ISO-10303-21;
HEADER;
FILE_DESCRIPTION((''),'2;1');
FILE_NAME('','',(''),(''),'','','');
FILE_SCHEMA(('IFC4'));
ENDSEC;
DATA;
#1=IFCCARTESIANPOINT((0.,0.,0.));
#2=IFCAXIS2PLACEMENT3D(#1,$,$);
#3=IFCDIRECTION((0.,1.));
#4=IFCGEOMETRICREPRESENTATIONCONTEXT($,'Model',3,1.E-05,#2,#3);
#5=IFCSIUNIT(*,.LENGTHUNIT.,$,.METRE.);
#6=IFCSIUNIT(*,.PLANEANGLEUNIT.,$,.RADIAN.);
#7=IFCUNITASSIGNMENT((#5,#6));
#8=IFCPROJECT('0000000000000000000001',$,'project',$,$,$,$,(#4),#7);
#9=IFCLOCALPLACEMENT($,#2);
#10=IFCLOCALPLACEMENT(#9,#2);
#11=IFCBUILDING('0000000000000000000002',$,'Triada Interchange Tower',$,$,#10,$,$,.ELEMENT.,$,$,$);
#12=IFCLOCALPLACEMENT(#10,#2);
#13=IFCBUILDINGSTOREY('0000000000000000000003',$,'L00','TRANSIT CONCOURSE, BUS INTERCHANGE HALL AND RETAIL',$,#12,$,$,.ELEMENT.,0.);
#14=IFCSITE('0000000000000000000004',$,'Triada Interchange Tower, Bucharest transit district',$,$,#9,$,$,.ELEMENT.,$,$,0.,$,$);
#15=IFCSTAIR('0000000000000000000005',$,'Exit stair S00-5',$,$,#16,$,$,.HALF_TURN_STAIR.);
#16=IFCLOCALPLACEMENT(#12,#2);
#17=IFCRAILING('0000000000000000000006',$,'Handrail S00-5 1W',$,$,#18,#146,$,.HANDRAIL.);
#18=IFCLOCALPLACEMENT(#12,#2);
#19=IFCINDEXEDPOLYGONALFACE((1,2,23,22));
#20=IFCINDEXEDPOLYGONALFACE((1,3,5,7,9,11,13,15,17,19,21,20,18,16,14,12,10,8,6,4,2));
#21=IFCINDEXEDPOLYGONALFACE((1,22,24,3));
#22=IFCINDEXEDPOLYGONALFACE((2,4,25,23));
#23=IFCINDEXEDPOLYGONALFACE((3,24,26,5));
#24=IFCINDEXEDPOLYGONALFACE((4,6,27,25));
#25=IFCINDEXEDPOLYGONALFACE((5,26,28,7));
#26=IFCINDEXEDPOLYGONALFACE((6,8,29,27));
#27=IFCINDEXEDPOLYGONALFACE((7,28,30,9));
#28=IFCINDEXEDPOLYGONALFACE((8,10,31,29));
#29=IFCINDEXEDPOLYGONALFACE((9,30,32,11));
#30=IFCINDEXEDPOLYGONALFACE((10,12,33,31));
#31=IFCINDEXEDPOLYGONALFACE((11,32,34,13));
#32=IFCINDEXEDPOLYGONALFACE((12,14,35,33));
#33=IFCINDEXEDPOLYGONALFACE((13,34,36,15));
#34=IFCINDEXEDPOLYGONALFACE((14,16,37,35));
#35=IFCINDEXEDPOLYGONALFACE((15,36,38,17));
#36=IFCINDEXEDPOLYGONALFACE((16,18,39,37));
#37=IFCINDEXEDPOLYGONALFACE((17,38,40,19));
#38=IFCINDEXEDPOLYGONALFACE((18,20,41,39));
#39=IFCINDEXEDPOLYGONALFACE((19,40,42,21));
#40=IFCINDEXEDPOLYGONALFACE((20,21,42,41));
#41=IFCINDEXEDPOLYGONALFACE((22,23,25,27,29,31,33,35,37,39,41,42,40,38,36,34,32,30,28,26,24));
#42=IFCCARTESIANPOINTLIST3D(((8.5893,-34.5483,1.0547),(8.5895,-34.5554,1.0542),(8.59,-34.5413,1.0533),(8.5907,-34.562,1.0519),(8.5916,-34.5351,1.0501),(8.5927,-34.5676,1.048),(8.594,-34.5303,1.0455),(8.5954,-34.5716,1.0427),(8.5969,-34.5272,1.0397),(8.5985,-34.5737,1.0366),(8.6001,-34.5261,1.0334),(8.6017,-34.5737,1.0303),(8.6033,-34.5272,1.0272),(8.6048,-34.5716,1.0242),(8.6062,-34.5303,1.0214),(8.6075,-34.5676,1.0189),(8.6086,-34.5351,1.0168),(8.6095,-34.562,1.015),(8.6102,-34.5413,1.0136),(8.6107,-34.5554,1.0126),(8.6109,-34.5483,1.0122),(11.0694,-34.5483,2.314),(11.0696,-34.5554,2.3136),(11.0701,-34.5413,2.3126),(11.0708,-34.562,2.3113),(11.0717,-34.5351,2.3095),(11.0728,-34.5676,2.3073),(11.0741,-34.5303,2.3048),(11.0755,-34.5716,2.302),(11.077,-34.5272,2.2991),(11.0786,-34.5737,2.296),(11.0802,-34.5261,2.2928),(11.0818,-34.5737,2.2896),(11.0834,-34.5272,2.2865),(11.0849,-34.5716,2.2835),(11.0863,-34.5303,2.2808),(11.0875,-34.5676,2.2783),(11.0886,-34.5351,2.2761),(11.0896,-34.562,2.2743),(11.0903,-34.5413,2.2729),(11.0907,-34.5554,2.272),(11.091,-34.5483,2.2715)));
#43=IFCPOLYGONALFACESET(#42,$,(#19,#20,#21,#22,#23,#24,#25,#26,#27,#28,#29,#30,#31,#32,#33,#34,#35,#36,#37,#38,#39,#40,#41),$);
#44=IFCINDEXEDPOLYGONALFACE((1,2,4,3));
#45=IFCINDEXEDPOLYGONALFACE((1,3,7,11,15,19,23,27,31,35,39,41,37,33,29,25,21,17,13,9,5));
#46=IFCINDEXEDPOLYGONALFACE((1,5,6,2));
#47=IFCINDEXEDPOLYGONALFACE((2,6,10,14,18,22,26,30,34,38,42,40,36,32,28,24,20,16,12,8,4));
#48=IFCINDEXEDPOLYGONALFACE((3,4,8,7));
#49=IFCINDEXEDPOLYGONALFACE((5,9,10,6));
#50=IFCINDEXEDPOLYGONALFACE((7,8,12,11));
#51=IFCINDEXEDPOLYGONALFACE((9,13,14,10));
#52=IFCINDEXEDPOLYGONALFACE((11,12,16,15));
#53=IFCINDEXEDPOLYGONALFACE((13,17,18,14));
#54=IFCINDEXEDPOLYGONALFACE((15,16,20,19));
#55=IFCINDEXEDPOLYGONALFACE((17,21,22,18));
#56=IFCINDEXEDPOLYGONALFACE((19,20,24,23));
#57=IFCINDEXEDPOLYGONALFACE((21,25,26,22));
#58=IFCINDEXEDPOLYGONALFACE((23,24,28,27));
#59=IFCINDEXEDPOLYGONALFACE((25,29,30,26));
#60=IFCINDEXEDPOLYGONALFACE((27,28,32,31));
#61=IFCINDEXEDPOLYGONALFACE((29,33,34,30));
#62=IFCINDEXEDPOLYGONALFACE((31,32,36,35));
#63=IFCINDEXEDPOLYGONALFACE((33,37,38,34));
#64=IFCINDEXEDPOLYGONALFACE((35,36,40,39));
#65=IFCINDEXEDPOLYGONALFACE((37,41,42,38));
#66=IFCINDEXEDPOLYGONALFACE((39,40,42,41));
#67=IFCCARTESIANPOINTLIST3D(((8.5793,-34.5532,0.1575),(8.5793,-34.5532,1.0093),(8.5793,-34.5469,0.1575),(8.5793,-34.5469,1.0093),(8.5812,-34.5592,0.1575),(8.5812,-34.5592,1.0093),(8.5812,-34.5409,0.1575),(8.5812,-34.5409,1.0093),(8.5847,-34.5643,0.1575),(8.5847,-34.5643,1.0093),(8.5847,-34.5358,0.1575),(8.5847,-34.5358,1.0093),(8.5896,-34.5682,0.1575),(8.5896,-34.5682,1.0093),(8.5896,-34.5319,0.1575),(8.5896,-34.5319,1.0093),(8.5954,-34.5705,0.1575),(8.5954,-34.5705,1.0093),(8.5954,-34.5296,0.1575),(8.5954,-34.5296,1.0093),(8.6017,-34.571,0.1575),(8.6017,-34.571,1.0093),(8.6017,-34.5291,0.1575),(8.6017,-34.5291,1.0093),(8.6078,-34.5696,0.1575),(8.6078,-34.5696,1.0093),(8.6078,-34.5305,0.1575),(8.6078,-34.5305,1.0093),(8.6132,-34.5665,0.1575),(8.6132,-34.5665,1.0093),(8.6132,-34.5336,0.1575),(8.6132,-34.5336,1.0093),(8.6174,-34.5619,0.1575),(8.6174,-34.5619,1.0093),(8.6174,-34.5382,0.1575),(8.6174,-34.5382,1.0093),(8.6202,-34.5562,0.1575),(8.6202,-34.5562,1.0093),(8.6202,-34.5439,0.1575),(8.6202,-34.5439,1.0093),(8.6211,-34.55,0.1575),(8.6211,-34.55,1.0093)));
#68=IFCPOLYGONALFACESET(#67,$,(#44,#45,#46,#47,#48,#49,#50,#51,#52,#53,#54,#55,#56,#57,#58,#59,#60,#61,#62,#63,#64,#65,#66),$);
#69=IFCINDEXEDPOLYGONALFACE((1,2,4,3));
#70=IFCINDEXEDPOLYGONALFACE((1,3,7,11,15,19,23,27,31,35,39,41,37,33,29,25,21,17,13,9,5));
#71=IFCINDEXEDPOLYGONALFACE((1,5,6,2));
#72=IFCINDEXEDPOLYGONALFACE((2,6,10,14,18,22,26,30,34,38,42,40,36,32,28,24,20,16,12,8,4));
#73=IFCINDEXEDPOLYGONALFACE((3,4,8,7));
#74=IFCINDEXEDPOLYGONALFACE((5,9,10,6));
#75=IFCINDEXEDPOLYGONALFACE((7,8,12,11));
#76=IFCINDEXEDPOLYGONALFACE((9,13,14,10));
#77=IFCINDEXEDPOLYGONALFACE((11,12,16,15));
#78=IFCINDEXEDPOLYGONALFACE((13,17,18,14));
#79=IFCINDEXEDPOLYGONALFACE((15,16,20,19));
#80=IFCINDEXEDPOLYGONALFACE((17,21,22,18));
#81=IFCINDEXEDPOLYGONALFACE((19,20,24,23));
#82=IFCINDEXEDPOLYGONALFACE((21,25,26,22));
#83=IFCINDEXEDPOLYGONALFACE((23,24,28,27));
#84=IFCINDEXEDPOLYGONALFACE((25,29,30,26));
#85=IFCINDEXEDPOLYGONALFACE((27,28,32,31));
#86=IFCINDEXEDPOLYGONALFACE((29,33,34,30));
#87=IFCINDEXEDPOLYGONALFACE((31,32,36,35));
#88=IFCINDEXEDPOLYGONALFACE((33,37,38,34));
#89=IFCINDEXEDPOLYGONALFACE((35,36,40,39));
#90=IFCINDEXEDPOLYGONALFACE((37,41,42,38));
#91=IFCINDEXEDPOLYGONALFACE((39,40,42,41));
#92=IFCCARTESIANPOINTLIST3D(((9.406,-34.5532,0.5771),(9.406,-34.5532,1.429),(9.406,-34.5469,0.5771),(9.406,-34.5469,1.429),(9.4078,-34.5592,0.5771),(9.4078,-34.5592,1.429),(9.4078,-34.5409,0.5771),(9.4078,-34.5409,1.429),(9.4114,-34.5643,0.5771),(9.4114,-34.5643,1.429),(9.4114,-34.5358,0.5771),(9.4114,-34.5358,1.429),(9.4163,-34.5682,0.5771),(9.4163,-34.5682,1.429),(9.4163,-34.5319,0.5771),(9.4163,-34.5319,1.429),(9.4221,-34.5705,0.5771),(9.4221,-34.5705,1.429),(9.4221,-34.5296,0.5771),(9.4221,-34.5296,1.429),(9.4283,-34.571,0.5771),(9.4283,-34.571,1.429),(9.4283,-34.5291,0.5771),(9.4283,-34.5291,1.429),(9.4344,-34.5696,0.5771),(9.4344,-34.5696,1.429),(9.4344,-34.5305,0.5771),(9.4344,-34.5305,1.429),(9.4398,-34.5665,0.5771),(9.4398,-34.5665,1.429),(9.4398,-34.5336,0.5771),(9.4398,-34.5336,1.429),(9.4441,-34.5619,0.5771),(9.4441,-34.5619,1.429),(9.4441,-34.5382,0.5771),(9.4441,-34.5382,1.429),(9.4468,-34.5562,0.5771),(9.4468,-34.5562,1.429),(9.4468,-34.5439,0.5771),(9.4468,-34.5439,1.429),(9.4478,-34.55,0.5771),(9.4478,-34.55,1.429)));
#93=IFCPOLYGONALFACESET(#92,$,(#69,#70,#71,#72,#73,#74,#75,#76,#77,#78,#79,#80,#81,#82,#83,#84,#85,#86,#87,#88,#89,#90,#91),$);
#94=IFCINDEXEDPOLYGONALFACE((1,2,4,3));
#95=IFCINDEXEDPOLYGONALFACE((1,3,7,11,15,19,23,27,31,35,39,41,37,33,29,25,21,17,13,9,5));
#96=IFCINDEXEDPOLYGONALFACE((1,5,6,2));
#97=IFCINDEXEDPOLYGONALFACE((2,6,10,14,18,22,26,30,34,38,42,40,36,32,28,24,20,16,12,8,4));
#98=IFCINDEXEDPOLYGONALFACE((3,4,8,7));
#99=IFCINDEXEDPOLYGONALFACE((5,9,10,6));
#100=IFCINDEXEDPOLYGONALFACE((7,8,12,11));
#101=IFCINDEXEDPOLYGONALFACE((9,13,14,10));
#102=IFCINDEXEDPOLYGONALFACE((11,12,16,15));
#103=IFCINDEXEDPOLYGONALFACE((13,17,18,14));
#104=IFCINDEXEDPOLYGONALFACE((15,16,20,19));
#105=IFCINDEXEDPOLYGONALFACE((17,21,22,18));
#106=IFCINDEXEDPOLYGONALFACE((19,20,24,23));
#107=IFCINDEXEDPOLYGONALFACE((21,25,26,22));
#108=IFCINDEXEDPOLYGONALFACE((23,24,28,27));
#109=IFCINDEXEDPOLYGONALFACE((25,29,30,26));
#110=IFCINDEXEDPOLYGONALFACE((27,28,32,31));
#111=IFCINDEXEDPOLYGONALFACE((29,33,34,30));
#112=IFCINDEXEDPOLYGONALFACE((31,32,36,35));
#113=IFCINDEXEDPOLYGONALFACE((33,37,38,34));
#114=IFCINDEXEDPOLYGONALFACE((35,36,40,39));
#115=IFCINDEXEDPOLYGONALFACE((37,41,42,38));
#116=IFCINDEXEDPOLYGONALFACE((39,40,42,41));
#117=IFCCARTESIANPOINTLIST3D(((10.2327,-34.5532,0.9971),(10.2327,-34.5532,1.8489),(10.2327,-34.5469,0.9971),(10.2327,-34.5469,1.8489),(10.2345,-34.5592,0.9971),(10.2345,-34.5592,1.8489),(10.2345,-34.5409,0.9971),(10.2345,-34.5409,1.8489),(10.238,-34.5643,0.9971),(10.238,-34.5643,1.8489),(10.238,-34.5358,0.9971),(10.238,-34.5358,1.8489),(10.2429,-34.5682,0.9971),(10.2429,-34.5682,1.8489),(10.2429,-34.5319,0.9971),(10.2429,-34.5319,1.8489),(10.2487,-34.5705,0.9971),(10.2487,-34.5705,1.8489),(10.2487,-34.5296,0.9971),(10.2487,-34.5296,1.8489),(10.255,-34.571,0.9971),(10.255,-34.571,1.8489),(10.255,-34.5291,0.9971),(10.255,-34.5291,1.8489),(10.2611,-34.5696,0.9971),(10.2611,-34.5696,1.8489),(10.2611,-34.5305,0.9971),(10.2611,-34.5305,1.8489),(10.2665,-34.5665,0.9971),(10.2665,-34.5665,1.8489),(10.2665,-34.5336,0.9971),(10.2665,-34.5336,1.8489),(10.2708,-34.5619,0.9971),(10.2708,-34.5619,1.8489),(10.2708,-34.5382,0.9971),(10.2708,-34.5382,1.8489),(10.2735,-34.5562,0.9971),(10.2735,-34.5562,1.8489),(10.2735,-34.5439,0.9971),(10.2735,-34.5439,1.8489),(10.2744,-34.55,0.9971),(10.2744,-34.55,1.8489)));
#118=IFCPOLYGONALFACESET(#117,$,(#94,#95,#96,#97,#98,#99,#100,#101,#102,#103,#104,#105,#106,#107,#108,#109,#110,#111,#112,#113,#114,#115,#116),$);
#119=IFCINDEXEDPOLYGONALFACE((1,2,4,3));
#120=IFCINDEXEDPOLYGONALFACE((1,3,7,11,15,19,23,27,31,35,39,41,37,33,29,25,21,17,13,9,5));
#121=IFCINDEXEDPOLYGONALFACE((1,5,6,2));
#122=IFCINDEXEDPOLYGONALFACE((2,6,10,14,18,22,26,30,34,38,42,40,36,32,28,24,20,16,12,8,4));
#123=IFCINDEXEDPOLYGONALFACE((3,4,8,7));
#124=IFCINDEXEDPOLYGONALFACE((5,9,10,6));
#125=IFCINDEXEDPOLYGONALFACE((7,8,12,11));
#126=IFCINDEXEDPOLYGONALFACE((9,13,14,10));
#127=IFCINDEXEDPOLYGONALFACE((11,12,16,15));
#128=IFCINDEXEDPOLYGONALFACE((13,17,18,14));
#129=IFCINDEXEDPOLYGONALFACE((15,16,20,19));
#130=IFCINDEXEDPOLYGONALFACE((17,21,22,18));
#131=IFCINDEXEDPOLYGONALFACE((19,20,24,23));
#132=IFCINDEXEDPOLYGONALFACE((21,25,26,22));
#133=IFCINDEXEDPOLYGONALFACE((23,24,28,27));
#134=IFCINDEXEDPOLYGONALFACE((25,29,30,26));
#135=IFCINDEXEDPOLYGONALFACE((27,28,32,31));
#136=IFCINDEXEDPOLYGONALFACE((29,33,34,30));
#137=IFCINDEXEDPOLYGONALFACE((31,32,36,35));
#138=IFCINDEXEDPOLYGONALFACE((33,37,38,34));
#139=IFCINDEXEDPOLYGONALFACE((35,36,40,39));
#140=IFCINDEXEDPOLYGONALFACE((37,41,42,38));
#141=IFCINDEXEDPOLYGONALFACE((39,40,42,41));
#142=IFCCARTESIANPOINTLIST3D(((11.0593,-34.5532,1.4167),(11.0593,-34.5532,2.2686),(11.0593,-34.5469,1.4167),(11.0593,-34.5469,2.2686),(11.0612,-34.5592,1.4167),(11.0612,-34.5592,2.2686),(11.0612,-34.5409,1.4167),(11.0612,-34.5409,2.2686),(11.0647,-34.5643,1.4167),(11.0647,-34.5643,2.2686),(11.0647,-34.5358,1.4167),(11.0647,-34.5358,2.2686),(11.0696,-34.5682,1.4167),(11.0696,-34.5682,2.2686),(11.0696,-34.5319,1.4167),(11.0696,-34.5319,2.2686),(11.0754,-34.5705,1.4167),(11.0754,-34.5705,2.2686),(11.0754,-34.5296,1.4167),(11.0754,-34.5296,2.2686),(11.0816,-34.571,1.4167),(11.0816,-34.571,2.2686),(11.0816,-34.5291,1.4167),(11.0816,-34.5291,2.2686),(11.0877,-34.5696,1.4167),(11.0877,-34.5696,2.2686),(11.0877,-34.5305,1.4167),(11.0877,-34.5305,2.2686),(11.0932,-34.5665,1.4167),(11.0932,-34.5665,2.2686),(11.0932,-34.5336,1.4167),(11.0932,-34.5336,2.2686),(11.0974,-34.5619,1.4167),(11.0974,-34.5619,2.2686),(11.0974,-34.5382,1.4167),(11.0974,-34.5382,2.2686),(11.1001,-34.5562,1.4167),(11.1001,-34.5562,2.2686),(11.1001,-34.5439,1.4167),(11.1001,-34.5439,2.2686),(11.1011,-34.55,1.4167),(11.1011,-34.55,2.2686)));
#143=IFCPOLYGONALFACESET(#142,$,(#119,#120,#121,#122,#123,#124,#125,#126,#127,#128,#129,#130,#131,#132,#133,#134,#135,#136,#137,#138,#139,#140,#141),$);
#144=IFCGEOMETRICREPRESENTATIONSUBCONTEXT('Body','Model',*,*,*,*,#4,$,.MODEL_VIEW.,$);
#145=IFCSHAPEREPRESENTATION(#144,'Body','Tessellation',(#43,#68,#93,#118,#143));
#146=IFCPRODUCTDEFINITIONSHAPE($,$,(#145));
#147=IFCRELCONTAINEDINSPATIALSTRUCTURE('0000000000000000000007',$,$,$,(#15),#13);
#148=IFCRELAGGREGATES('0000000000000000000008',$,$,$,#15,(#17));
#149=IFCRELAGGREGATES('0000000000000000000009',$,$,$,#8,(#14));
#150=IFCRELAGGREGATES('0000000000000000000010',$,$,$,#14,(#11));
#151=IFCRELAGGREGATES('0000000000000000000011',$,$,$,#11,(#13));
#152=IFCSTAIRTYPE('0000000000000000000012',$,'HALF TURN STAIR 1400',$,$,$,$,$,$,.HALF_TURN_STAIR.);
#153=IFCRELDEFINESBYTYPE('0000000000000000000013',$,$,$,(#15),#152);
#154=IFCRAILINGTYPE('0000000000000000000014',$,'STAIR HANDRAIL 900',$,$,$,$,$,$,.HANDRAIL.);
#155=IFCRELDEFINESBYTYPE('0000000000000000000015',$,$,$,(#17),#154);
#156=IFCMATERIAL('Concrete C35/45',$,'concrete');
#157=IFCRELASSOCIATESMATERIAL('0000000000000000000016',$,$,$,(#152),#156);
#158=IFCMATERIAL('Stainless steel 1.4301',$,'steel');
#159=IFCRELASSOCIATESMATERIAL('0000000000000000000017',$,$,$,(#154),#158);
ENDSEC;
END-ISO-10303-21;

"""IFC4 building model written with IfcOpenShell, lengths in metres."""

from ifc_helpers import new_model, si_unit, direction, frame, origin, origin_2d, place, context, subcontext, project, spatial, circle, extrude, material, type_object, element, aggregate, save


model = new_model("IFC4")

# Units and contexts
model_context = context("Model", 3, precision=1e-05, world=origin(), true_north=direction((0.0, 1.0)))
body_context = subcontext(model_context, "Body", "Model", "MODEL_VIEW")
ifc_project = project(units=[si_unit("LENGTHUNIT", "METRE"), si_unit("PLANEANGLEUNIT", "RADIAN")], contexts=[model_context])

# Site, building, storey
site_placement = place(None, origin())
site = spatial("IfcSite", under=ifc_project, at=site_placement, Name="Triada Interchange Tower, Bucharest transit district", CompositionType="ELEMENT", RefElevation=0.0)
building_placement = place(site_placement, origin())
building = spatial("IfcBuilding", under=site, at=building_placement, Name="Triada Interchange Tower", CompositionType="ELEMENT")
storey_placement = place(building_placement, origin())
storey = spatial("IfcBuildingStorey", under=building, at=storey_placement, Name="L00", Description="TRANSIT CONCOURSE, BUS INTERCHANGE HALL AND RETAIL", CompositionType="ELEMENT", Elevation=0.0)

# Shared definitions
ifc_material_1 = material(Name="Concrete C35/45", Category="concrete")

# Stair, railing
stair_type = type_object("IfcStairType", Name="HALF TURN STAIR 1400", PredefinedType="HALF_TURN_STAIR", material=ifc_material_1)
stair_1_placement = place(storey_placement, origin())
stair_1 = element("IfcStair", 1, at=stair_1_placement, inside=storey, type_object=stair_type, Name="Exit stair S00-5", PredefinedType="HALF_TURN_STAIR")
ifc_material_2 = material(Name="Stainless steel 1.4301", Category="steel")
railing_type_1 = type_object("IfcRailingType", Name="STAIR HANDRAIL 900", PredefinedType="HANDRAIL", material=ifc_material_2)
railing_1_placement = place(storey_placement, frame((8.6001, -34.55, 0.1575)))
railing_1 = element("IfcRailing", 2, at=railing_1_placement, type_object=railing_type_1, Name="Handrail S00-5 1W", PredefinedType="HANDRAIL", context=body_context, shape_type="SweptSolid", body=[
    extrude(circle(Radius=0.0239, at=origin_2d()), frame((0.0, 0.0, 0.876), z_axis=(0.891636, 0.0, 0.452752), x_axis=(0.0, 1.0, 0.0)), (0.0, 0.0, 1.0), 2.7815),
    extrude(circle(Radius=0.021, at=origin_2d()), origin(), (0.0, 0.0, 1.0), 0.8518),
    extrude(circle(Radius=0.021, at=origin_2d()), frame((0.8267, 0.0, 0.4197)), (0.0, 0.0, 1.0), 0.8518),
    extrude(circle(Radius=0.021, at=origin_2d()), frame((1.6533, 0.0, 0.8396)), (0.0, 0.0, 1.0), 0.8518),
    extrude(circle(Radius=0.021, at=origin_2d()), frame((2.48, 0.0, 1.2593)), (0.0, 0.0, 1.0), 0.8518),
])
aggregate(stair_1, [railing_1])

save(model, "model.ifc")
